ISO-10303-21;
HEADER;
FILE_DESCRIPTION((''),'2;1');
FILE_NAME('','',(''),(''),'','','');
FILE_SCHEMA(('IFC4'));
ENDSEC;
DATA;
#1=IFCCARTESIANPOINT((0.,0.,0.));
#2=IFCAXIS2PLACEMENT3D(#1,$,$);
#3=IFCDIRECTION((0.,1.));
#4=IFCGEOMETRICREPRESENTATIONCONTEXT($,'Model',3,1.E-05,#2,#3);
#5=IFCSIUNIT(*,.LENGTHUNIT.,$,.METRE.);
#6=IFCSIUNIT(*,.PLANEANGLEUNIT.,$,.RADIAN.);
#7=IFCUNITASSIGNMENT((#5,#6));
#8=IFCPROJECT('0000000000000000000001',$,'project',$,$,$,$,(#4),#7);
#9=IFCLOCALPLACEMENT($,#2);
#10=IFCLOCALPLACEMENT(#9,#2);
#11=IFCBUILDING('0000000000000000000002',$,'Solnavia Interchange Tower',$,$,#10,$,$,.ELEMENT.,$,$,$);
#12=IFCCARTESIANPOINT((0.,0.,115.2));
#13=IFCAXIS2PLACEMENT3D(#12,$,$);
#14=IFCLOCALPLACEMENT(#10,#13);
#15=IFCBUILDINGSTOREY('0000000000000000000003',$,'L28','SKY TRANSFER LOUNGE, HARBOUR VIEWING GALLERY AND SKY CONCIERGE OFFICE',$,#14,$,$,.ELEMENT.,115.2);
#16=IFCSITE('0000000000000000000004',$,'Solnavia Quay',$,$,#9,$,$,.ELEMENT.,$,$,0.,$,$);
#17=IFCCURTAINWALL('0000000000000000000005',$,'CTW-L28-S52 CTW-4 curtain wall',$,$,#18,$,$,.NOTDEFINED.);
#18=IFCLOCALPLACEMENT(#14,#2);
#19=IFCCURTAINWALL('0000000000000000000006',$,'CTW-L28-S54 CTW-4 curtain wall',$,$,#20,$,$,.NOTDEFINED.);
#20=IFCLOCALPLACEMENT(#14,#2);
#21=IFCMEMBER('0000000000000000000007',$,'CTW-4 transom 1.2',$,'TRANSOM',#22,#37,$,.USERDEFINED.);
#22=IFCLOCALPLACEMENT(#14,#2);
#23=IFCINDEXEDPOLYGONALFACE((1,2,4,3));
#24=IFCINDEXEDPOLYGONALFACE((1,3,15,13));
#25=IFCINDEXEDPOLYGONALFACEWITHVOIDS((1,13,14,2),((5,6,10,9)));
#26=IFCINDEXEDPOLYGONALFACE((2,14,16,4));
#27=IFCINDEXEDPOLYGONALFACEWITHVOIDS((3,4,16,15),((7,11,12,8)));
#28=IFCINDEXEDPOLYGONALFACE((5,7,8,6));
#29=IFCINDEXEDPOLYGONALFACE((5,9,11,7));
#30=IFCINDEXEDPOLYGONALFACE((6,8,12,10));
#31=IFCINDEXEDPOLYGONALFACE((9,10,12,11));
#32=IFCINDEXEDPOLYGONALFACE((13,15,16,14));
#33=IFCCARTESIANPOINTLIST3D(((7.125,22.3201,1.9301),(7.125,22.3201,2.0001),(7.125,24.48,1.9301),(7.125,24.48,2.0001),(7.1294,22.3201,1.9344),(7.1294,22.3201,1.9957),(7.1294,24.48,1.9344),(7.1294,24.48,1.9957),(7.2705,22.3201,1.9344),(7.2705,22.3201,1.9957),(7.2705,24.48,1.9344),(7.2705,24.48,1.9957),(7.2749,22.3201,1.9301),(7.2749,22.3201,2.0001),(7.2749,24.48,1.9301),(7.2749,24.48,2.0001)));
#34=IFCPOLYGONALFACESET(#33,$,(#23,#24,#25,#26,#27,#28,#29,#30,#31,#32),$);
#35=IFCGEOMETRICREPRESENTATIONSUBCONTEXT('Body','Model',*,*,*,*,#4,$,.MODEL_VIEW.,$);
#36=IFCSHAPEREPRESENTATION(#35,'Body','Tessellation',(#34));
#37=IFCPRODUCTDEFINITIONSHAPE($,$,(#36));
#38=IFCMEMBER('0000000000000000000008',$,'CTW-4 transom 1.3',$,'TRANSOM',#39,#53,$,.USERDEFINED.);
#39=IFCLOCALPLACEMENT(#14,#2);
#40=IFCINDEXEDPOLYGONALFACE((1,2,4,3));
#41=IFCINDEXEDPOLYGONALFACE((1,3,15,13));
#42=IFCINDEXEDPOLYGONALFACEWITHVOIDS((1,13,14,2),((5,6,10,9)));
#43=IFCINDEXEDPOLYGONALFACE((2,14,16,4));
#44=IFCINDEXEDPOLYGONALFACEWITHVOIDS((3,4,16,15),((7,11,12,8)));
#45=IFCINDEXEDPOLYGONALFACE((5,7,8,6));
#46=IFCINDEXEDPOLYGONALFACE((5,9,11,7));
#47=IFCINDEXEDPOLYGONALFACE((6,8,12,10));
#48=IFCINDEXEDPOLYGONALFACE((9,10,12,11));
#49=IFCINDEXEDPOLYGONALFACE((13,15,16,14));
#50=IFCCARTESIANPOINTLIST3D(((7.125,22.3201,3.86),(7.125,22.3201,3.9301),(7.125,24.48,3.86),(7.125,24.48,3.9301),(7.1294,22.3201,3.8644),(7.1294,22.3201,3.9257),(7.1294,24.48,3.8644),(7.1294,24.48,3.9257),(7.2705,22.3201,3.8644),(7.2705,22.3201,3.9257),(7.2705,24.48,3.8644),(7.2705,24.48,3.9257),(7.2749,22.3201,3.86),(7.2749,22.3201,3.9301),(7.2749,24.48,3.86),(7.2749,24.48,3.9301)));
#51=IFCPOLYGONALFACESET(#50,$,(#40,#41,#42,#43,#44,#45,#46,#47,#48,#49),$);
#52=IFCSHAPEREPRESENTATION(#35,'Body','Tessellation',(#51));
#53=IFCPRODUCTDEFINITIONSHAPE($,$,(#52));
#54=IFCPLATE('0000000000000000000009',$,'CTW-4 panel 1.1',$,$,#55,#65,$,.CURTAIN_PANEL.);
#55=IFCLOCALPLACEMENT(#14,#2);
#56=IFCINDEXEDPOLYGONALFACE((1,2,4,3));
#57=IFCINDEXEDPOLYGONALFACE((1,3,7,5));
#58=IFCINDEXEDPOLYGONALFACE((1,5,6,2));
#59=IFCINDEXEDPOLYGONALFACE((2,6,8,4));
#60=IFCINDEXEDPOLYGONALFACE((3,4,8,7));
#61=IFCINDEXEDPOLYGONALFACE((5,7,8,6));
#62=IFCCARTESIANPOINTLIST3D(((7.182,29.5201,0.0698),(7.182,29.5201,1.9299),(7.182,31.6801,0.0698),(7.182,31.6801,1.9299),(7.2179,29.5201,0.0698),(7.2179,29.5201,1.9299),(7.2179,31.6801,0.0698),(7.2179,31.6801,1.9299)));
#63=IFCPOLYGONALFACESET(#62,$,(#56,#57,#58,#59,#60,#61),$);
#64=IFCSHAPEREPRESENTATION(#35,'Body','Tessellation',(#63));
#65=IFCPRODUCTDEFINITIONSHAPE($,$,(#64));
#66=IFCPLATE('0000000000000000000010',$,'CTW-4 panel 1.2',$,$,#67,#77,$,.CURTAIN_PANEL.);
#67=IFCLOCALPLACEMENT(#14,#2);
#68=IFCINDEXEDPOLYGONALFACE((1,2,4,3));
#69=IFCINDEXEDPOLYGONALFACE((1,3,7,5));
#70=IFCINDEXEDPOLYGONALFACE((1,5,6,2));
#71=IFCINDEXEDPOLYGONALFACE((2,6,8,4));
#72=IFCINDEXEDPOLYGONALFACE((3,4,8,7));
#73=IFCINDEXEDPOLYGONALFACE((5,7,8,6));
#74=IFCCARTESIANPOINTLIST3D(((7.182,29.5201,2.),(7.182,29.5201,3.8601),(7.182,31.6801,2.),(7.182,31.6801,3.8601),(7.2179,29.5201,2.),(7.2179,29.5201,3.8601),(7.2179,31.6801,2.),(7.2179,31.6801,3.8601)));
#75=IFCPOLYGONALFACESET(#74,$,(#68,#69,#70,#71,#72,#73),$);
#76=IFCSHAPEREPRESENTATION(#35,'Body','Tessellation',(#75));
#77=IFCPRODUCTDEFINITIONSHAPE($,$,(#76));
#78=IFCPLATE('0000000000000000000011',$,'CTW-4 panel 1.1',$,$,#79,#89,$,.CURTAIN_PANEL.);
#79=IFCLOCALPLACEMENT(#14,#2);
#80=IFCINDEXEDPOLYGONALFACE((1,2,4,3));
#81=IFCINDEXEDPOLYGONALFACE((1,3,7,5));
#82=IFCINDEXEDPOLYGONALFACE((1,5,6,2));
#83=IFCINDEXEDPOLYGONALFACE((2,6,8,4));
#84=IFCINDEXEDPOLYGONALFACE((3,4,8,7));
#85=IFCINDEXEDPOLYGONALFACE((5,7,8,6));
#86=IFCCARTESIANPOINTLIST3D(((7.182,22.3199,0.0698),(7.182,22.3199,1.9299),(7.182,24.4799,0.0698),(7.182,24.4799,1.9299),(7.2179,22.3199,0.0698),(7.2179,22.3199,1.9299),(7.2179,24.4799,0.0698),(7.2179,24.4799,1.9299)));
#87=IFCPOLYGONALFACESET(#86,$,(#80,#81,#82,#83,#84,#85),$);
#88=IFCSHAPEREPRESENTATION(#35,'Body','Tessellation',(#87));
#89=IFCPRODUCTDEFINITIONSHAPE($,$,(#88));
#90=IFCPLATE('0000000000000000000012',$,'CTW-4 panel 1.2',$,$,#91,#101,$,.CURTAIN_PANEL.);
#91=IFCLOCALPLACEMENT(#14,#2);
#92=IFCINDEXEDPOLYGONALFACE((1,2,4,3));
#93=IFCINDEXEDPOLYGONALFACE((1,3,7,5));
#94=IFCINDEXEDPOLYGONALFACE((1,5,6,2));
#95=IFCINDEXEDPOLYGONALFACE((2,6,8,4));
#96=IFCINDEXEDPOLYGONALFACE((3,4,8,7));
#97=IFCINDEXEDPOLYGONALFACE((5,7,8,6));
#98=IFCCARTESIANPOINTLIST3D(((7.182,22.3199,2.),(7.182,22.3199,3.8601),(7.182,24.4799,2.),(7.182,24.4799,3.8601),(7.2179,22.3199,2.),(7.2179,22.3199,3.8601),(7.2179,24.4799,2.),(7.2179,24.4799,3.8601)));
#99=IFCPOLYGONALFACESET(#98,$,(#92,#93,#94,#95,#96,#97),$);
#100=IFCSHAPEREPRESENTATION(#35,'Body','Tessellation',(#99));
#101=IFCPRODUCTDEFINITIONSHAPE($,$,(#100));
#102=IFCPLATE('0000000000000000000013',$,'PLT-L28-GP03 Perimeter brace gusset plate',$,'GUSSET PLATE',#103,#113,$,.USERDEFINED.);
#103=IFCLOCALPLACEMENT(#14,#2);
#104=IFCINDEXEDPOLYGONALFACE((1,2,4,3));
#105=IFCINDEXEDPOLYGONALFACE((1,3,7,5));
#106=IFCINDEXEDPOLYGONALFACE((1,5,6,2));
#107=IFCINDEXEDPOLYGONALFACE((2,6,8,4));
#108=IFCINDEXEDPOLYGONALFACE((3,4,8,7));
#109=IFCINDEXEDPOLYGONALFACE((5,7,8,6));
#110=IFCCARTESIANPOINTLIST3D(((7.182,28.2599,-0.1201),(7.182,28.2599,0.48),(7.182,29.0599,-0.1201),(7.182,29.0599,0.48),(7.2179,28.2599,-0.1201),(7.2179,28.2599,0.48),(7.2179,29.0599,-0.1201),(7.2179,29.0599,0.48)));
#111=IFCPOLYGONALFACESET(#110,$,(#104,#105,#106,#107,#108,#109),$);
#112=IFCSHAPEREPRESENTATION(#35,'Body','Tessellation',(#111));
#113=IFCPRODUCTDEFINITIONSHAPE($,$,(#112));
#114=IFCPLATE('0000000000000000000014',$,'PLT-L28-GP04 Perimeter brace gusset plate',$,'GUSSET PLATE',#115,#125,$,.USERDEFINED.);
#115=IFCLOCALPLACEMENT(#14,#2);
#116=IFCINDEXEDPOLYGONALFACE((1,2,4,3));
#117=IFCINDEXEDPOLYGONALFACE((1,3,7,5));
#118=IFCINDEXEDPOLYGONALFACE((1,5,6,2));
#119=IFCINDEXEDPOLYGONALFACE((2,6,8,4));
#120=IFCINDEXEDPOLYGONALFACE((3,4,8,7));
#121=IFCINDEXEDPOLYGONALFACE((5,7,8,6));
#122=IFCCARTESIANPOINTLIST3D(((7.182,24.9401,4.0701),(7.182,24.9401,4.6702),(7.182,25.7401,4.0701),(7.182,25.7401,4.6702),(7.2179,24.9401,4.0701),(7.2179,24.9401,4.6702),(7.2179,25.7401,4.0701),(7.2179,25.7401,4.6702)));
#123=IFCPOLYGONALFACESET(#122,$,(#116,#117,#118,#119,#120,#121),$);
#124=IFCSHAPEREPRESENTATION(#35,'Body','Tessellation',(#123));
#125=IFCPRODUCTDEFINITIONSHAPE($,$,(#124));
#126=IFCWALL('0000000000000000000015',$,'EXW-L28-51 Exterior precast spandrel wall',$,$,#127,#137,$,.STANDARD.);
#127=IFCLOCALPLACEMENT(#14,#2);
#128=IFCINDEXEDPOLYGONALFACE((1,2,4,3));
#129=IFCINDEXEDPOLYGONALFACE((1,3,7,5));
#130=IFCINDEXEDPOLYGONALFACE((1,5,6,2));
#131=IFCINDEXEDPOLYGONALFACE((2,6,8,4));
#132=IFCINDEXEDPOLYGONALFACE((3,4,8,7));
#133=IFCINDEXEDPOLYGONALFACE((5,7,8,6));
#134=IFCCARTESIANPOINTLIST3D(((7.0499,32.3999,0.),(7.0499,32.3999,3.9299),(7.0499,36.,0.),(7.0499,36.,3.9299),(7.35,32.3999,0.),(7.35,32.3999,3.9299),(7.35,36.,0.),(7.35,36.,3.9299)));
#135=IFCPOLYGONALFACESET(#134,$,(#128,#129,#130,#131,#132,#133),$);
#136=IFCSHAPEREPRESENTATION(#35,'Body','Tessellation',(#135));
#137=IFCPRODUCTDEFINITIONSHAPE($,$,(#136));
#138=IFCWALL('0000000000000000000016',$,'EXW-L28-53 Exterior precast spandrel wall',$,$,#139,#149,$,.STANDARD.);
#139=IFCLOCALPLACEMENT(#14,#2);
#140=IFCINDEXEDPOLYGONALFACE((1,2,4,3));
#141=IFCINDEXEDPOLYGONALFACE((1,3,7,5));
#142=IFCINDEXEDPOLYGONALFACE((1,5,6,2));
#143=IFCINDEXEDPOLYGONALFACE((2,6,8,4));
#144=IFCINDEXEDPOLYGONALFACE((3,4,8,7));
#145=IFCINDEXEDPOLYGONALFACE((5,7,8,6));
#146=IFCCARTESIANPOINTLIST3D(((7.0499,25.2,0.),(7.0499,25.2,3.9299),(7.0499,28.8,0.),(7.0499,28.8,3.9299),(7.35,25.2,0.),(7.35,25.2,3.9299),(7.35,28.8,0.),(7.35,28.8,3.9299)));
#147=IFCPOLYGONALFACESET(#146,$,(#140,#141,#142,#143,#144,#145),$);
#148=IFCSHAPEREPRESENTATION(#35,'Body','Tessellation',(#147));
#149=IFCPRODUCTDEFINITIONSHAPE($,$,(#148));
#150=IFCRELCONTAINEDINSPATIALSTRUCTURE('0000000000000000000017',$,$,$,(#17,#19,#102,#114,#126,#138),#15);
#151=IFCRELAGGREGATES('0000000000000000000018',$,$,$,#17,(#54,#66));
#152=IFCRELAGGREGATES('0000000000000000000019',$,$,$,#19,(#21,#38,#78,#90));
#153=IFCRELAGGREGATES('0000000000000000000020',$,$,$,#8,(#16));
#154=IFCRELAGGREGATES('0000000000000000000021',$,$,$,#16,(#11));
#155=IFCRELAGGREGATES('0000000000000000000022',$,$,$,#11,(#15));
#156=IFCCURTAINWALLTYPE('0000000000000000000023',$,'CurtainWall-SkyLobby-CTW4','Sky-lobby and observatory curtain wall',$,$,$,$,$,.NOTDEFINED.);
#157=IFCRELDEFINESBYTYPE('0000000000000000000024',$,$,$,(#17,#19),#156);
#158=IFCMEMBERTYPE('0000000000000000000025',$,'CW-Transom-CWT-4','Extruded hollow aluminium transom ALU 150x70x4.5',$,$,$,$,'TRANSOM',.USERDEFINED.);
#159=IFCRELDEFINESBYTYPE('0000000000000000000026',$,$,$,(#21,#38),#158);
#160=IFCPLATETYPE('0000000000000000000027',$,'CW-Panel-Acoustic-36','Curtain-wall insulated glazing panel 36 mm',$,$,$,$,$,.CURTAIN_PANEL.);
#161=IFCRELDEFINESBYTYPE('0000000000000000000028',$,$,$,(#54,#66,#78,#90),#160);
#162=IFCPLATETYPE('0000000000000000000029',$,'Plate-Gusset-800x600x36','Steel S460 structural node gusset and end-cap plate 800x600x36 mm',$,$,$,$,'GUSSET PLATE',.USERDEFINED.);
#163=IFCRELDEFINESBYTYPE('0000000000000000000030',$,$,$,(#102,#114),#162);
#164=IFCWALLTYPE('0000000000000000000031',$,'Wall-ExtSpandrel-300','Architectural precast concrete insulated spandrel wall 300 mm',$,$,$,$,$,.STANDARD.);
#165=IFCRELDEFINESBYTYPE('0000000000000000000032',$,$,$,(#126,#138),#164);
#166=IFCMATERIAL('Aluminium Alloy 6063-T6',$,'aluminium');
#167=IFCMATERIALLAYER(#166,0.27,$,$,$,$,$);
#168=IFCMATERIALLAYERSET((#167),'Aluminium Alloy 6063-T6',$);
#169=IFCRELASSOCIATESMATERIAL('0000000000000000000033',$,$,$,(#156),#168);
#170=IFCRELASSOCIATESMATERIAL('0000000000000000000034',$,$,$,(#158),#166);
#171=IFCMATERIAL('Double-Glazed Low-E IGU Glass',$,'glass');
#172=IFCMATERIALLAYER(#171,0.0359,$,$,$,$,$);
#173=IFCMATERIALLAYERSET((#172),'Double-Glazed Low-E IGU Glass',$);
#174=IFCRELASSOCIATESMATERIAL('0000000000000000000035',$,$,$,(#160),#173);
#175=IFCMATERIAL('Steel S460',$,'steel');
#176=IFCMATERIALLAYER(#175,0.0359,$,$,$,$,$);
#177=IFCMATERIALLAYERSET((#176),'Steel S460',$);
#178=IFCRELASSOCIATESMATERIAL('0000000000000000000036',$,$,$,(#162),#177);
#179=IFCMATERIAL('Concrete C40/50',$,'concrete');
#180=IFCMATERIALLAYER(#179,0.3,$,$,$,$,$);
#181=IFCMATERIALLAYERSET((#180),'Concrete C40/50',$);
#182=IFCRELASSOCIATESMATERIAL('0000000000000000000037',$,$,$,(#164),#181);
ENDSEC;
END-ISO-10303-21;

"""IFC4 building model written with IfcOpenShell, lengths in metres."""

from ifc_helpers import new_model, si_unit, direction, frame, frame_2d, origin, origin_2d, place, context, subcontext, project, spatial, rectangle, hollow_rectangle, extrude, material, layer, layer_set, material_profile, profile_set, type_object, element, aggregate, save


model = new_model("IFC4")

# Units and contexts
model_context = context("Model", 3, precision=1e-05, world=origin(), true_north=direction((0.0, 1.0)))
body_context = subcontext(model_context, "Body", "Model", "MODEL_VIEW")
ifc_project = project(units=[si_unit("LENGTHUNIT", "METRE"), si_unit("PLANEANGLEUNIT", "RADIAN")], contexts=[model_context])

# Site, building, storey
site_placement = place(None, origin())
site = spatial("IfcSite", under=ifc_project, at=site_placement, Name="Solnavia Quay", CompositionType="ELEMENT", RefElevation=0.0)
building_placement = place(site_placement, origin())
building = spatial("IfcBuilding", under=site, at=building_placement, Name="Solnavia Interchange Tower", CompositionType="ELEMENT")
storey_placement = place(building_placement, frame((0.0, 0.0, 115.2)))
storey = spatial("IfcBuildingStorey", under=building, at=storey_placement, Name="L28", Description="SKY TRANSFER LOUNGE, HARBOUR VIEWING GALLERY AND SKY CONCIERGE OFFICE", CompositionType="ELEMENT", Elevation=115.2)

# Shared definitions
ifc_material_1 = material(Name="Steel S460", Category="steel")

# Curtain wall
ifc_material_2 = material(Name="Aluminium Alloy 6063-T6", Category="aluminium")
ifc_layer_1 = layer(ifc_material_2, 0.27)
ifc_layer_set_1 = layer_set([ifc_layer_1], Name="Aluminium Alloy 6063-T6")
curtain_wall_type = type_object("IfcCurtainWallType", Name="CurtainWall-SkyLobby-CTW4", Description="Sky-lobby and observatory curtain wall", PredefinedType="NOTDEFINED", material=ifc_layer_set_1)
curtain_wall_1_placement = place(storey_placement, origin())
curtain_wall_1 = element("IfcCurtainWall", 1, at=curtain_wall_1_placement, inside=storey, type_object=curtain_wall_type, Name="CTW-L28-S52 CTW-4 curtain wall", PredefinedType="NOTDEFINED")

# Curtain wall
curtain_wall_2_placement = place(storey_placement, origin())
curtain_wall_2 = element("IfcCurtainWall", 2, at=curtain_wall_2_placement, inside=storey, type_object=curtain_wall_type, Name="CTW-L28-S54 CTW-4 curtain wall", PredefinedType="NOTDEFINED")

# Members
ifc_material_profile_1 = material_profile(ifc_material_2, hollow_rectangle(XDim=0.0701, YDim=0.1499, WallThickness=0.0044, at=origin_2d()), Name="ALU 150x70x4.5")
ifc_profile_set_1 = profile_set([ifc_material_profile_1], Name="Aluminium Alloy 6063-T6")
member_type_1 = type_object("IfcMemberType", Name="CW-Transom-CWT-4", Description="Extruded hollow aluminium transom ALU 150x70x4.5", ElementType="TRANSOM", PredefinedType="USERDEFINED", material=ifc_profile_set_1)
member_1_placement = place(storey_placement, frame((7.2, 24.48, 1.9651), z_axis=(0.0, -1.0, 0.0), x_axis=(0.0, 0.0, 1.0)))
member_1 = element("IfcMember", 3, at=member_1_placement, type_object=member_type_1, Name="CTW-4 transom 1.2", ObjectType="TRANSOM", PredefinedType="USERDEFINED", context=body_context, shape_type="SweptSolid", body=[
    extrude(hollow_rectangle(XDim=0.0701, YDim=0.1499, WallThickness=0.0044, at=origin_2d()), origin(), (0.0, 0.0, 1.0), 2.1599),
])
member_2_placement = place(storey_placement, frame((7.2, 24.48, 3.895), z_axis=(0.0, -1.0, 0.0), x_axis=(0.0, 0.0, 1.0)))
member_2 = element("IfcMember", 4, at=member_2_placement, type_object=member_type_1, Name="CTW-4 transom 1.3", ObjectType="TRANSOM", PredefinedType="USERDEFINED", context=body_context, shape_type="SweptSolid", body=[
    extrude(hollow_rectangle(XDim=0.0701, YDim=0.1499, WallThickness=0.0044, at=origin_2d()), origin(), (0.0, 0.0, 1.0), 2.1599),
])

# Plates
ifc_material_3 = material(Name="Double-Glazed Low-E IGU Glass", Category="glass")
ifc_layer_2 = layer(ifc_material_3, 0.0359)
ifc_layer_set_2 = layer_set([ifc_layer_2], Name="Double-Glazed Low-E IGU Glass")
plate_type_1 = type_object("IfcPlateType", Name="CW-Panel-Acoustic-36", Description="Curtain-wall insulated glazing panel 36 mm", PredefinedType="CURTAIN_PANEL", material=ifc_layer_set_2)
plate_1_placement = place(storey_placement, frame((7.2, 30.6001, 0.0698), z_axis=(0.0, 0.0, 1.0), x_axis=(0.0, -1.0, 0.0)))
plate_1 = element("IfcPlate", 5, at=plate_1_placement, type_object=plate_type_1, Name="CTW-4 panel 1.1", PredefinedType="CURTAIN_PANEL", context=body_context, shape_type="SweptSolid", body=[
    extrude(rectangle(XDim=2.1599, YDim=0.0359, at=origin_2d()), origin(), (0.0, 0.0, 1.0), 1.8601),
])
plate_2_placement = place(storey_placement, frame((7.2, 30.6001, 2.0), z_axis=(0.0, 0.0, 1.0), x_axis=(0.0, -1.0, 0.0)))
plate_2 = element("IfcPlate", 6, at=plate_2_placement, type_object=plate_type_1, Name="CTW-4 panel 1.2", PredefinedType="CURTAIN_PANEL", context=body_context, shape_type="SweptSolid", body=[
    extrude(rectangle(XDim=2.1599, YDim=0.0359, at=origin_2d()), origin(), (0.0, 0.0, 1.0), 1.8601),
])
aggregate(curtain_wall_1, [plate_1, plate_2])
plate_3_placement = place(storey_placement, frame((7.2, 23.3999, 0.0698), z_axis=(0.0, 0.0, 1.0), x_axis=(0.0, -1.0, 0.0)))
plate_3 = element("IfcPlate", 7, at=plate_3_placement, type_object=plate_type_1, Name="CTW-4 panel 1.1", PredefinedType="CURTAIN_PANEL", context=body_context, shape_type="SweptSolid", body=[
    extrude(rectangle(XDim=2.1599, YDim=0.0359, at=origin_2d()), origin(), (0.0, 0.0, 1.0), 1.8601),
])
plate_4_placement = place(storey_placement, frame((7.2, 23.3999, 2.0), z_axis=(0.0, 0.0, 1.0), x_axis=(0.0, -1.0, 0.0)))
plate_4 = element("IfcPlate", 8, at=plate_4_placement, type_object=plate_type_1, Name="CTW-4 panel 1.2", PredefinedType="CURTAIN_PANEL", context=body_context, shape_type="SweptSolid", body=[
    extrude(rectangle(XDim=2.1599, YDim=0.0359, at=origin_2d()), origin(), (0.0, 0.0, 1.0), 1.8601),
])
aggregate(curtain_wall_2, [member_1, member_2, plate_3, plate_4])

# Plates
ifc_layer_3 = layer(ifc_material_1, 0.0359)
ifc_layer_set_3 = layer_set([ifc_layer_3], Name="Steel S460")
plate_type_2 = type_object("IfcPlateType", Name="Plate-Gusset-800x600x36", Description="Steel S460 structural node gusset and end-cap plate 800x600x36 mm", ElementType="GUSSET PLATE", PredefinedType="USERDEFINED", material=ifc_layer_set_3)
for number, where, z_axis, x_axis, name in (
    (9, (7.2, 28.6599, -0.1201), (0.0, 0.0, 1.0), (0.0, -1.0, 0.0), "PLT-L28-GP03 Perimeter brace gusset plate"),
    (10, (7.2, 25.3401, 4.0701), (0.0, 0.0, 1.0), (0.0, -1.0, 0.0), "PLT-L28-GP04 Perimeter brace gusset plate"),
):
    element("IfcPlate", number, at=place(storey_placement, frame(where, z_axis=z_axis, x_axis=x_axis)), inside=storey, type_object=plate_type_2, Name=name, ObjectType="GUSSET PLATE", PredefinedType="USERDEFINED", context=body_context, shape_type="SweptSolid", body=[
        extrude(rectangle(XDim=0.8, YDim=0.0359, at=origin_2d()), origin(), (0.0, 0.0, 1.0), 0.6001),
    ])

# Walls
ifc_material_4 = material(Name="Concrete C40/50", Category="concrete")
ifc_layer_4 = layer(ifc_material_4, 0.3)
ifc_layer_set_4 = layer_set([ifc_layer_4], Name="Concrete C40/50")
wall_type = type_object("IfcWallType", Name="Wall-ExtSpandrel-300", Description="Architectural precast concrete insulated spandrel wall 300 mm", PredefinedType="STANDARD", material=ifc_layer_set_4)
for number, where, z_axis, x_axis, name in (
    (11, (7.2, 32.3999, 0.0), (0.0, 0.0, 1.0), (0.0, 1.0, 0.0), "EXW-L28-51 Exterior precast spandrel wall"),
    (12, (7.2, 25.2, 0.0), (0.0, 0.0, 1.0), (0.0, 1.0, 0.0), "EXW-L28-53 Exterior precast spandrel wall"),
):
    element("IfcWall", number, at=place(storey_placement, frame(where, z_axis=z_axis, x_axis=x_axis)), inside=storey, type_object=wall_type, Name=name, PredefinedType="STANDARD", context=body_context, shape_type="SweptSolid", body=[
        extrude(rectangle(XDim=3.6001, YDim=0.3, at=frame_2d((1.8, 0.0))), origin(), (0.0, 0.0, 1.0), 3.9299),
    ])

save(model, "model.ifc")
